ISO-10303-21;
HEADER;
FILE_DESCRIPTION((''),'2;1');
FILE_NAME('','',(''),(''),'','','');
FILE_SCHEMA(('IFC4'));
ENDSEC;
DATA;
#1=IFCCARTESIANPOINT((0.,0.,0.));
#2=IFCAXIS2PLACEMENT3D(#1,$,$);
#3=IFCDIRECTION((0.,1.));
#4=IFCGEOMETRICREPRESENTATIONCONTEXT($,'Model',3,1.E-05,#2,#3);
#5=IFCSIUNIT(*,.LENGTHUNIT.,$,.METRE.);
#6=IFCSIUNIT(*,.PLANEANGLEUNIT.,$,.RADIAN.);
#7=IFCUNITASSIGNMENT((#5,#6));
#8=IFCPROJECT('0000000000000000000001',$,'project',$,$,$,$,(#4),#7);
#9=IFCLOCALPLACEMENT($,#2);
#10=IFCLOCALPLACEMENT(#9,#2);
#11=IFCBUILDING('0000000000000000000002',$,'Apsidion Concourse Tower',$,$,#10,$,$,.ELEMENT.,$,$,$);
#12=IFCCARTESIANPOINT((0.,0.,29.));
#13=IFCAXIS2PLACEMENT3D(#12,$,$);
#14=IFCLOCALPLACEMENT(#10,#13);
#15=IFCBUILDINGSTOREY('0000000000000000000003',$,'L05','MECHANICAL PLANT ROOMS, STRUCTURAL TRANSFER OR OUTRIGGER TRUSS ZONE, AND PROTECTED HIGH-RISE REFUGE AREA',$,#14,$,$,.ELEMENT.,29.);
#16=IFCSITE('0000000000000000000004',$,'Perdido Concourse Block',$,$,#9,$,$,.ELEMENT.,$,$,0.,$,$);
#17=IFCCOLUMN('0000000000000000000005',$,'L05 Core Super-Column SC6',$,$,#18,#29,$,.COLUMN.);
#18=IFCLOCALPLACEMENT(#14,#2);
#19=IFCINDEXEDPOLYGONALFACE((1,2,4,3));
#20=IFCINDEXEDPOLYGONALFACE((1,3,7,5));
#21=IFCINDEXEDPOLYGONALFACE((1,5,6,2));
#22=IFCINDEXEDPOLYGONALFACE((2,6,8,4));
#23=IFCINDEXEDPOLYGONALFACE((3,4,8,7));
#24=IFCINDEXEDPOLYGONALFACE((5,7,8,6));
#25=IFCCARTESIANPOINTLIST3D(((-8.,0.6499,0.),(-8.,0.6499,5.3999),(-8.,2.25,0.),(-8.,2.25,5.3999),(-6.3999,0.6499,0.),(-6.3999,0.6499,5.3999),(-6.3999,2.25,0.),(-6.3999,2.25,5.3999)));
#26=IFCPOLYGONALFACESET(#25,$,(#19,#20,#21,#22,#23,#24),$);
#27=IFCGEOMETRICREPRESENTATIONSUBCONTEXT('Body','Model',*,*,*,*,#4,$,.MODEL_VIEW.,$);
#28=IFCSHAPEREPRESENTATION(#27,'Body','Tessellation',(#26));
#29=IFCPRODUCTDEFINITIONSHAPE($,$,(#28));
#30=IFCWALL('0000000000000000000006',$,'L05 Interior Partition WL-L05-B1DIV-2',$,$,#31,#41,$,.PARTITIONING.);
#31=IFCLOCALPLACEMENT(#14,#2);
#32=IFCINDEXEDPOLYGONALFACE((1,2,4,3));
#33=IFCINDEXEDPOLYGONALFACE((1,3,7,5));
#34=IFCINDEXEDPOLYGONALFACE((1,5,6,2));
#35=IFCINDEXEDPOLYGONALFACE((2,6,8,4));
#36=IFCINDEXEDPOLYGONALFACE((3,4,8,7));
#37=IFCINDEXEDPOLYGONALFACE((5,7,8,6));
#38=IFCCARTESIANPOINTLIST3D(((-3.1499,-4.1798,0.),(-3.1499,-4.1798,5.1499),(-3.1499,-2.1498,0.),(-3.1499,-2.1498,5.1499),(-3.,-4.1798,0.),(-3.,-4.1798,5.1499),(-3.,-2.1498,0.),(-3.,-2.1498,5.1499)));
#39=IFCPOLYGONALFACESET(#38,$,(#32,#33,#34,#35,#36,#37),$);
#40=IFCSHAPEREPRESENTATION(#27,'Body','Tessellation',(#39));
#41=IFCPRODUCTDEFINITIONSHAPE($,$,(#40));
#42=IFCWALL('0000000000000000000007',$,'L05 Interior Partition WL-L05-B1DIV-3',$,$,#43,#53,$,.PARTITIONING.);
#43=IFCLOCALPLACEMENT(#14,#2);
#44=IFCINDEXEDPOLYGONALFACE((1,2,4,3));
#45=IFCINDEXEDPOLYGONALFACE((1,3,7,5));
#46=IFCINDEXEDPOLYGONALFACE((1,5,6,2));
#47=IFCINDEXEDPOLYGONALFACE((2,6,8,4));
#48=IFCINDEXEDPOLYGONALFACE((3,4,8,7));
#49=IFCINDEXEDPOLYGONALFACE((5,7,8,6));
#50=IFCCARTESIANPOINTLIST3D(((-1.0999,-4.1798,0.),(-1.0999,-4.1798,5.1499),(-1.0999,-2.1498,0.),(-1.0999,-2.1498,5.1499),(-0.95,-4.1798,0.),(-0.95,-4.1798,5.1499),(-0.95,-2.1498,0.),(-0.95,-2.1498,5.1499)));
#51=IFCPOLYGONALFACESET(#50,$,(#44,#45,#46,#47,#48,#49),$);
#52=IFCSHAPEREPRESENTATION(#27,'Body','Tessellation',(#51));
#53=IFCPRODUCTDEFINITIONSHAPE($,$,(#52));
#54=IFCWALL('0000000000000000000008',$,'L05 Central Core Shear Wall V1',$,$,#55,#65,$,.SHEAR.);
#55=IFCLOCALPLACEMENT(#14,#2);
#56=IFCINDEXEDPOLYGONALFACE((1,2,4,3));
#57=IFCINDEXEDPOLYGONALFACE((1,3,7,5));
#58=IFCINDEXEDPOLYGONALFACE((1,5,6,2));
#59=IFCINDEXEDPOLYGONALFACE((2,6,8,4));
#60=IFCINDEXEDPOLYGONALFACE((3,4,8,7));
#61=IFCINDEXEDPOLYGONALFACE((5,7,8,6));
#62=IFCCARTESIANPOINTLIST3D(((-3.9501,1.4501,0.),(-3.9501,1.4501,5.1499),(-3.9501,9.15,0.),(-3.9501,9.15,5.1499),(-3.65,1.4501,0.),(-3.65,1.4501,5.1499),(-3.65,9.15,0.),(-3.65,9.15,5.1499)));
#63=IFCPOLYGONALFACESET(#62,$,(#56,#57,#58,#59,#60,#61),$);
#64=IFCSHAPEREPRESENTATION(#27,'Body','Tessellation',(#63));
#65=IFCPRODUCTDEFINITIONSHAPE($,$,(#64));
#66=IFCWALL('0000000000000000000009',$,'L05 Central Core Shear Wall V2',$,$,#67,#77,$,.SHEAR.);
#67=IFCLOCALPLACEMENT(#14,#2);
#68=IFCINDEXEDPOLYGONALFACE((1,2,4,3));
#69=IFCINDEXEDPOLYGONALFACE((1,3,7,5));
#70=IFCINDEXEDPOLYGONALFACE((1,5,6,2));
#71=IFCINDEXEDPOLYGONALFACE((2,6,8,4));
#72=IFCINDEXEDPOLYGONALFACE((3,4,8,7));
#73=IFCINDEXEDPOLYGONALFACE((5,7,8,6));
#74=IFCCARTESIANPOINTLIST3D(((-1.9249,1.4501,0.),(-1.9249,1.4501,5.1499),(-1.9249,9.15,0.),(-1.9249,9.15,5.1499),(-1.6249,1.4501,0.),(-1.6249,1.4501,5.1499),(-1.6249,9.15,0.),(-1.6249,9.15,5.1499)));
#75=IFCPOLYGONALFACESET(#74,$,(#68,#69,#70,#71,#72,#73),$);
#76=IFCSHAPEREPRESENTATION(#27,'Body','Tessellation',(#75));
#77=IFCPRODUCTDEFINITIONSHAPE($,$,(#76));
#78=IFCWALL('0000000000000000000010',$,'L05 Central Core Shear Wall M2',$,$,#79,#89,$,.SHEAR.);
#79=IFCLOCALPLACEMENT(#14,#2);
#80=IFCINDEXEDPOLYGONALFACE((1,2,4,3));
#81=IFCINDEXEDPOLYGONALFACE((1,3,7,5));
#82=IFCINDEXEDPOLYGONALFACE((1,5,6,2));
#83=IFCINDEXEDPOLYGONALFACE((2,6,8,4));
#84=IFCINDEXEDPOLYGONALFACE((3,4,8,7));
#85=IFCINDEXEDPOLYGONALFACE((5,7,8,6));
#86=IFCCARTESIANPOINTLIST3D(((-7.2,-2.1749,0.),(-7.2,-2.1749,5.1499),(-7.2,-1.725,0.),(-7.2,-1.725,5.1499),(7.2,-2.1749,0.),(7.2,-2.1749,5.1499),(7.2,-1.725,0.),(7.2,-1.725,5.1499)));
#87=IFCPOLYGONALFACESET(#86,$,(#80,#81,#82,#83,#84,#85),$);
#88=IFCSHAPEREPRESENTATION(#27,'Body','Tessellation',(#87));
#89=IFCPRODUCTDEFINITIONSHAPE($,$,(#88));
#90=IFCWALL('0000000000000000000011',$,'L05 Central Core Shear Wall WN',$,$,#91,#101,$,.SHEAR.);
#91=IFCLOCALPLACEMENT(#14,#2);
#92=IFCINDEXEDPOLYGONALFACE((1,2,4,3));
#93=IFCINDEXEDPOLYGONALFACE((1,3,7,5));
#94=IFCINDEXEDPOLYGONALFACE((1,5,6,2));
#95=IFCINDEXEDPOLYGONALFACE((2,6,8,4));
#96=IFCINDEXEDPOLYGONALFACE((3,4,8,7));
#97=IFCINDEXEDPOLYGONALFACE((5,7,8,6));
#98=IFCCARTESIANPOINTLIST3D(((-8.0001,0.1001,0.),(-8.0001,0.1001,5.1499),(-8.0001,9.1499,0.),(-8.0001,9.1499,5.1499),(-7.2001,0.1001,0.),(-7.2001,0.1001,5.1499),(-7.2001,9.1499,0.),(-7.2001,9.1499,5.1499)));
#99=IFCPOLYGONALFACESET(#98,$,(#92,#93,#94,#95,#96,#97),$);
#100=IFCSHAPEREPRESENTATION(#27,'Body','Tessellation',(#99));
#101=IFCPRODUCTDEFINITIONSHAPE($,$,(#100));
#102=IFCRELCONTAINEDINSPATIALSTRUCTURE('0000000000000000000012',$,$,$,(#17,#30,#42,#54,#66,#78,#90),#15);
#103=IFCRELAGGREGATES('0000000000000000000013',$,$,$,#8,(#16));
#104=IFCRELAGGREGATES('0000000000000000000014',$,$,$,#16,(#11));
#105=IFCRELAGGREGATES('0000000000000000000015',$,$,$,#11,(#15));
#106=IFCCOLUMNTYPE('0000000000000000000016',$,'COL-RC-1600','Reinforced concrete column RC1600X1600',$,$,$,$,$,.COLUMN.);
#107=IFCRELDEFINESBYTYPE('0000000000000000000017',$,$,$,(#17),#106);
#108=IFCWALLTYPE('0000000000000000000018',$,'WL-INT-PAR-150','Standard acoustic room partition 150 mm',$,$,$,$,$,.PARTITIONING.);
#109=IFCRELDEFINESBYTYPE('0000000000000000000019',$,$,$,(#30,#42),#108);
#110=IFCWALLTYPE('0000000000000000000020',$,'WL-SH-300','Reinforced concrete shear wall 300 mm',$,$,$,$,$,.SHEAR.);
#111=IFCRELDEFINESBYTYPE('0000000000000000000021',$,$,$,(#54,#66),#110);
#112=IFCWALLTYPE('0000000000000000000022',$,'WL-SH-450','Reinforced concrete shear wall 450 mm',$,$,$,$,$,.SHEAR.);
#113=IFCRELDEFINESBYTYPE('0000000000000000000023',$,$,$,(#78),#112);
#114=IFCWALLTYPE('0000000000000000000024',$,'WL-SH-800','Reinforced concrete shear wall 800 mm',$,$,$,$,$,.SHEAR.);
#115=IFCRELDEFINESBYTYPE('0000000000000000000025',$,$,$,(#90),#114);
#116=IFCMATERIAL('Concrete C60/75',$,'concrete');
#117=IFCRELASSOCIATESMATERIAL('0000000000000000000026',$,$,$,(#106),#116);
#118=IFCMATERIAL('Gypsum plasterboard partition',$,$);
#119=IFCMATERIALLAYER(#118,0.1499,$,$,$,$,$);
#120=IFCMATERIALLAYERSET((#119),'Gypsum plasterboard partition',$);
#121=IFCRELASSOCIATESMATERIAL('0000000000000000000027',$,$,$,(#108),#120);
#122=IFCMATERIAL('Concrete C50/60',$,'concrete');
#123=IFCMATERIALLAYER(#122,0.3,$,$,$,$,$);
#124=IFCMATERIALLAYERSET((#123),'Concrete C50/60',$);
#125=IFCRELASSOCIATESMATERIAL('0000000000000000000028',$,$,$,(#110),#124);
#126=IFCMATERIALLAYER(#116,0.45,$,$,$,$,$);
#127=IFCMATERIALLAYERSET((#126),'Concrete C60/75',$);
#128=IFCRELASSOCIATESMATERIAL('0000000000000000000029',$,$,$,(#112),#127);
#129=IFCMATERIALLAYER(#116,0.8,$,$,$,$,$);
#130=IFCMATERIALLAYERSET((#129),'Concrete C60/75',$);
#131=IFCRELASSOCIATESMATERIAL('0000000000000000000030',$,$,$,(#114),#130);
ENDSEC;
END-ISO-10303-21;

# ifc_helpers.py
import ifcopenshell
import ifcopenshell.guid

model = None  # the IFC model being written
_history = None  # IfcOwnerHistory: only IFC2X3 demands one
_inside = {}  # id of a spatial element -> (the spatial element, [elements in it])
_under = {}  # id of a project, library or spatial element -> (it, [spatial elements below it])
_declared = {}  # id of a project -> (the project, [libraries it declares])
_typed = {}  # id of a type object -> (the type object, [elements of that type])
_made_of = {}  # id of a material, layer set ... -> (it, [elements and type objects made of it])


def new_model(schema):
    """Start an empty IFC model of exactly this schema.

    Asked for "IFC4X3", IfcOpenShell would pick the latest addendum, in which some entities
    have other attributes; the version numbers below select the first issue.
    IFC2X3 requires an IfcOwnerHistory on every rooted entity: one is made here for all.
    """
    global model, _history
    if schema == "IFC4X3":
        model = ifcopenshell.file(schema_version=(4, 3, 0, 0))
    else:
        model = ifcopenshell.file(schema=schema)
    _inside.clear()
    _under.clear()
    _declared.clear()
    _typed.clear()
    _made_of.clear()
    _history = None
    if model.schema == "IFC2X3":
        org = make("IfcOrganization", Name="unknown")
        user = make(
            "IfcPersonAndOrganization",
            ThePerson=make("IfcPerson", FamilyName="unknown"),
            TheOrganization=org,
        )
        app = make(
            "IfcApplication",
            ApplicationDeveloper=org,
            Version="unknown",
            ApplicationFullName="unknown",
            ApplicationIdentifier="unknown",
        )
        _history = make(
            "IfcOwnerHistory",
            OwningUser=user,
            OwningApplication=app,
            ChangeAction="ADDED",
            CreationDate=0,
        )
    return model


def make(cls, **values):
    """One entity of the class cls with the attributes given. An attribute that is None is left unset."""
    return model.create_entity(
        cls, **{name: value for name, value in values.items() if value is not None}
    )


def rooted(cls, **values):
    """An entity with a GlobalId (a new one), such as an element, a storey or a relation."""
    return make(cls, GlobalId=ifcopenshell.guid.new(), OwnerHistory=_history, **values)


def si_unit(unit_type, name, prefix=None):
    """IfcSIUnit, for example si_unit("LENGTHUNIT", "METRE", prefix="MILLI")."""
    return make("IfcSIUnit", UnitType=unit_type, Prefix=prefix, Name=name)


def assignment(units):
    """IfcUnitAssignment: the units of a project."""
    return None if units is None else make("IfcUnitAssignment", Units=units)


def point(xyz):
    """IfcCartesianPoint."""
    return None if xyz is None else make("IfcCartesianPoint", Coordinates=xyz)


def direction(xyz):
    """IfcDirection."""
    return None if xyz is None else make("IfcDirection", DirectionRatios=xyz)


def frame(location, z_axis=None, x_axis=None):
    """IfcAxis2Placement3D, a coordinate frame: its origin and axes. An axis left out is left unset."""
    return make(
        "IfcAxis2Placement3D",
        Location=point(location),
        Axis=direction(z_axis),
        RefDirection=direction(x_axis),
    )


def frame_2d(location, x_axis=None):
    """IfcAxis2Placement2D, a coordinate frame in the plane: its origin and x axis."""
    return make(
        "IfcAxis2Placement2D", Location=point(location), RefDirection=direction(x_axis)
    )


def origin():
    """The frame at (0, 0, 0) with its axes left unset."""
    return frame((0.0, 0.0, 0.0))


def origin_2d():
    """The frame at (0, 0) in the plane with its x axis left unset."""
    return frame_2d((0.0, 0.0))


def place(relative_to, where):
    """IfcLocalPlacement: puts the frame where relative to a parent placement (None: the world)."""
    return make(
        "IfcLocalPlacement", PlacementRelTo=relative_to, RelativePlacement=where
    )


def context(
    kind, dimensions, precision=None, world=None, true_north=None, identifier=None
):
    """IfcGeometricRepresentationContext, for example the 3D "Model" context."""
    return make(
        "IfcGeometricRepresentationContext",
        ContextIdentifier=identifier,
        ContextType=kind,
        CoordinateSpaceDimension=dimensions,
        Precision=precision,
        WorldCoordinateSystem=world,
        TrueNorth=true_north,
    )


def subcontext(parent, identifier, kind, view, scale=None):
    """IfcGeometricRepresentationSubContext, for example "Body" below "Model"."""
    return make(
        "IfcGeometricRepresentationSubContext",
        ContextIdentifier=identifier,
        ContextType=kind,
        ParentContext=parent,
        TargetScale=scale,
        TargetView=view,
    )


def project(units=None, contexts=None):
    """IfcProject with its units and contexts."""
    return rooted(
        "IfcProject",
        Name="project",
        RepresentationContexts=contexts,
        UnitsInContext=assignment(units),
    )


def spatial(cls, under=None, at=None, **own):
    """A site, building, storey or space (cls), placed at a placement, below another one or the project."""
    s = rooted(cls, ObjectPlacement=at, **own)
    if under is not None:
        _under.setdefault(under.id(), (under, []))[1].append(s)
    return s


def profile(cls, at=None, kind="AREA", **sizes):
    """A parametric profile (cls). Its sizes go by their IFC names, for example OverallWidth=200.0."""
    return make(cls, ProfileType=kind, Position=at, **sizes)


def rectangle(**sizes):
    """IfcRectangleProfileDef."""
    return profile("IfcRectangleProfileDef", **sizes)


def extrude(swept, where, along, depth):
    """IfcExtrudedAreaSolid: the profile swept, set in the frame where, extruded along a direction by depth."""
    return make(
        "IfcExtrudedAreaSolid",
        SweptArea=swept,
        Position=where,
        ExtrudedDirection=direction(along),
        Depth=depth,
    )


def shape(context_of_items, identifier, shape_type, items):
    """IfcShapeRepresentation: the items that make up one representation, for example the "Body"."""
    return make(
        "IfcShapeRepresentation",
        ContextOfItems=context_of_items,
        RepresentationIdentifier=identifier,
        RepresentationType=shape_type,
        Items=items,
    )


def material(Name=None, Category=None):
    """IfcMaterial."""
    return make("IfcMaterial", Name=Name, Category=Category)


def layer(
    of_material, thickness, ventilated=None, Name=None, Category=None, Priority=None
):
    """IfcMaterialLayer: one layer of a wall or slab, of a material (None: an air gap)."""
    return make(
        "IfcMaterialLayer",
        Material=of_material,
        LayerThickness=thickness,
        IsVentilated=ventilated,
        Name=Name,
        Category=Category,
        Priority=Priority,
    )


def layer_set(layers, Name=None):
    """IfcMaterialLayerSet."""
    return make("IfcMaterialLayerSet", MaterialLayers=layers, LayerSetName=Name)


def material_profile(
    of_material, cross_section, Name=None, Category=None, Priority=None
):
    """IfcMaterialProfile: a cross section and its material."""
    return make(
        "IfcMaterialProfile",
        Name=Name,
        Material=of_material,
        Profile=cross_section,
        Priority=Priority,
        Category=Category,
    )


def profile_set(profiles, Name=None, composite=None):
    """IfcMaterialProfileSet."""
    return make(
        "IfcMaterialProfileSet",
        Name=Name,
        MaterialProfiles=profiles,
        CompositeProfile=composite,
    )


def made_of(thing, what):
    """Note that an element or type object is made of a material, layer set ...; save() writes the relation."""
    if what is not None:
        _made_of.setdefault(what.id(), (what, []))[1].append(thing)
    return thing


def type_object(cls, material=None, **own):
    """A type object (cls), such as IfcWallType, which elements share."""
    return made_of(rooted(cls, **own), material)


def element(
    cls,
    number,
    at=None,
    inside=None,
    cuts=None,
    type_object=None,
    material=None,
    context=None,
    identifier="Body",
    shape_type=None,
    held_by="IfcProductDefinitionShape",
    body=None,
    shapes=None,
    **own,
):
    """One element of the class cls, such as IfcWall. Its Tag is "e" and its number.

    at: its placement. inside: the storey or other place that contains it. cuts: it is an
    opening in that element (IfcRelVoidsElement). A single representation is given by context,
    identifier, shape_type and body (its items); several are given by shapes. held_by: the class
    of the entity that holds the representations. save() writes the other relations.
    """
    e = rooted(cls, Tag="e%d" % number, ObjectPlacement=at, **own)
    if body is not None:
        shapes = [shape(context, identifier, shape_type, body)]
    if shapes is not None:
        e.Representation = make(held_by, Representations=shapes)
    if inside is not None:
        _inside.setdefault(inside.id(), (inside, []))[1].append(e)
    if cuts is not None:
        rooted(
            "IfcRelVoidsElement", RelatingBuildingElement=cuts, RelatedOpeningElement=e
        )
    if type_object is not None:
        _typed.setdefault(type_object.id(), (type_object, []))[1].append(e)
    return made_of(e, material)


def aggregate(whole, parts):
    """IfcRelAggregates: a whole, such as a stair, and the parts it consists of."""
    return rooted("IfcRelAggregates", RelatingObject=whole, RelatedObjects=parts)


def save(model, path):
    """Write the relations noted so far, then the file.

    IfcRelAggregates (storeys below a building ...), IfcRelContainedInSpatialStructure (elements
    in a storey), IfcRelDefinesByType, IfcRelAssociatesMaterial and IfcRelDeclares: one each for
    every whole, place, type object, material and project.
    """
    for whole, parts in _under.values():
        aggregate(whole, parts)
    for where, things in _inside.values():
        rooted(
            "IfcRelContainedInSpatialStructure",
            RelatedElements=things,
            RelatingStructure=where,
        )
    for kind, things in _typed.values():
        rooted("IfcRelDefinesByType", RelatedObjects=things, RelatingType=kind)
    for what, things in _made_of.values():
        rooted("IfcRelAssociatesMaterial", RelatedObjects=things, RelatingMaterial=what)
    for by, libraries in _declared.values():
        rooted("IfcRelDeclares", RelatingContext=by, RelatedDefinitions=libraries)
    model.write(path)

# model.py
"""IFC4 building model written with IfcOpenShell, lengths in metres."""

from ifc_helpers import new_model, si_unit, direction, frame, frame_2d, origin, origin_2d, place, context, subcontext, project, spatial, rectangle, extrude, material, layer, layer_set, material_profile, profile_set, type_object, element, save


model = new_model("IFC4")

# Units and contexts
model_context = context("Model", 3, precision=1e-05, world=origin(), true_north=direction((0.0, 1.0)))
body_context = subcontext(model_context, "Body", "Model", "MODEL_VIEW")
ifc_project = project(units=[si_unit("LENGTHUNIT", "METRE"), si_unit("PLANEANGLEUNIT", "RADIAN")], contexts=[model_context])

# Site, building, storey
site_placement = place(None, origin())
site = spatial("IfcSite", under=ifc_project, at=site_placement, Name="Perdido Concourse Block", CompositionType="ELEMENT", RefElevation=0.0)
building_placement = place(site_placement, origin())
building = spatial("IfcBuilding", under=site, at=building_placement, Name="Apsidion Concourse Tower", CompositionType="ELEMENT")
storey_placement = place(building_placement, frame((0.0, 0.0, 29.0)))
storey = spatial("IfcBuildingStorey", under=building, at=storey_placement, Name="L05", Description="MECHANICAL PLANT ROOMS, STRUCTURAL TRANSFER OR OUTRIGGER TRUSS ZONE, AND PROTECTED HIGH-RISE REFUGE AREA", CompositionType="ELEMENT", Elevation=29.0)

# Column
ifc_material_1 = material(Name="Concrete C60/75", Category="concrete")
ifc_material_profile = material_profile(ifc_material_1, rectangle(XDim=1.6001, YDim=1.6001, at=origin_2d()), Name="RC 1600x1600")
ifc_profile_set = profile_set([ifc_material_profile], Name="Concrete C60/75")
column_type = type_object("IfcColumnType", Name="COL-RC-1600", Description="Reinforced concrete column RC1600X1600", PredefinedType="COLUMN", material=ifc_profile_set)
column_placement = place(storey_placement, frame((-7.2, 1.45, 0.0), z_axis=(0.0, 0.0, 1.0), x_axis=(1.0, 0.0, 0.0)))
element("IfcColumn", 1, at=column_placement, inside=storey, type_object=column_type, Name="L05 Core Super-Column SC6", PredefinedType="COLUMN", context=body_context, shape_type="SweptSolid", body=[
    extrude(rectangle(XDim=1.6001, YDim=1.6001, at=origin_2d()), origin(), (0.0, 0.0, 1.0), 5.3999),
])

# Walls
ifc_material_2 = material(Name="Gypsum plasterboard partition")
ifc_layer_1 = layer(ifc_material_2, 0.1499)
ifc_layer_set_1 = layer_set([ifc_layer_1], Name="Gypsum plasterboard partition")
wall_type_1 = type_object("IfcWallType", Name="WL-INT-PAR-150", Description="Standard acoustic room partition 150 mm", PredefinedType="PARTITIONING", material=ifc_layer_set_1)
for number, where, z_axis, x_axis, name in (
    (2, (-3.075, -4.1799, 0.0), (0.0, 0.0, 1.0), (0.0, 1.0, 0.0), "L05 Interior Partition WL-L05-B1DIV-2"),
    (3, (-1.0249, -4.1799, 0.0), (0.0, 0.0, 1.0), (0.0, 1.0, 0.0), "L05 Interior Partition WL-L05-B1DIV-3"),
):
    element("IfcWall", number, at=place(storey_placement, frame(where, z_axis=z_axis, x_axis=x_axis)), inside=storey, type_object=wall_type_1, Name=name, PredefinedType="PARTITIONING", context=body_context, shape_type="SweptSolid", body=[
        extrude(rectangle(XDim=2.03, YDim=0.1499, at=frame_2d((1.0151, 0.0))), origin(), (0.0, 0.0, 1.0), 5.1499),
    ])

# Walls
ifc_material_3 = material(Name="Concrete C50/60", Category="concrete")
ifc_layer_2 = layer(ifc_material_3, 0.3)
ifc_layer_set_2 = layer_set([ifc_layer_2], Name="Concrete C50/60")
wall_type_2 = type_object("IfcWallType", Name="WL-SH-300", Description="Reinforced concrete shear wall 300 mm", PredefinedType="SHEAR", material=ifc_layer_set_2)
for number, where, z_axis, x_axis, name in (
    (4, (-3.8, 1.45, 0.0), (0.0, 0.0, 1.0), (0.0, 1.0, 0.0), "L05 Central Core Shear Wall V1"),
    (5, (-1.7749, 1.45, 0.0), (0.0, 0.0, 1.0), (0.0, 1.0, 0.0), "L05 Central Core Shear Wall V2"),
):
    element("IfcWall", number, at=place(storey_placement, frame(where, z_axis=z_axis, x_axis=x_axis)), inside=storey, type_object=wall_type_2, Name=name, PredefinedType="SHEAR", context=body_context, shape_type="SweptSolid", body=[
        extrude(rectangle(XDim=7.7, YDim=0.3, at=frame_2d((3.8501, 0.0))), origin(), (0.0, 0.0, 1.0), 5.1499),
    ])

# Shared definitions
ifc_layer_3 = layer(ifc_material_1, 0.45)
ifc_layer_set_3 = layer_set([ifc_layer_3], Name="Concrete C60/75")
wall_type_3 = type_object("IfcWallType", Name="WL-SH-450", Description="Reinforced concrete shear wall 450 mm", PredefinedType="SHEAR", material=ifc_layer_set_3)

# Walls
wall_1_placement = place(storey_placement, frame((-7.2, -1.95, 0.0), z_axis=(0.0, 0.0, 1.0), x_axis=(1.0, 0.0, 0.0)))
element("IfcWall", 6, at=wall_1_placement, inside=storey, type_object=wall_type_3, Name="L05 Central Core Shear Wall M2", PredefinedType="SHEAR", context=body_context, shape_type="SweptSolid", body=[
    extrude(rectangle(XDim=14.3999, YDim=0.45, at=frame_2d((7.2, 0.0))), origin(), (0.0, 0.0, 1.0), 5.1499),
])
ifc_layer_4 = layer(ifc_material_1, 0.8)
ifc_layer_set_4 = layer_set([ifc_layer_4], Name="Concrete C60/75")
wall_type_4 = type_object("IfcWallType", Name="WL-SH-800", Description="Reinforced concrete shear wall 800 mm", PredefinedType="SHEAR", material=ifc_layer_set_4)
wall_2_placement = place(storey_placement, frame((-7.6001, 0.1001, 0.0), z_axis=(0.0, 0.0, 1.0), x_axis=(0.0, 1.0, 0.0)))
element("IfcWall", 7, at=wall_2_placement, inside=storey, type_object=wall_type_4, Name="L05 Central Core Shear Wall WN", PredefinedType="SHEAR", context=body_context, shape_type="SweptSolid", body=[
    extrude(rectangle(XDim=9.0498, YDim=0.8, at=frame_2d((4.5249, 0.0))), origin(), (0.0, 0.0, 1.0), 5.1499),
])

save(model, "model.ifc")
